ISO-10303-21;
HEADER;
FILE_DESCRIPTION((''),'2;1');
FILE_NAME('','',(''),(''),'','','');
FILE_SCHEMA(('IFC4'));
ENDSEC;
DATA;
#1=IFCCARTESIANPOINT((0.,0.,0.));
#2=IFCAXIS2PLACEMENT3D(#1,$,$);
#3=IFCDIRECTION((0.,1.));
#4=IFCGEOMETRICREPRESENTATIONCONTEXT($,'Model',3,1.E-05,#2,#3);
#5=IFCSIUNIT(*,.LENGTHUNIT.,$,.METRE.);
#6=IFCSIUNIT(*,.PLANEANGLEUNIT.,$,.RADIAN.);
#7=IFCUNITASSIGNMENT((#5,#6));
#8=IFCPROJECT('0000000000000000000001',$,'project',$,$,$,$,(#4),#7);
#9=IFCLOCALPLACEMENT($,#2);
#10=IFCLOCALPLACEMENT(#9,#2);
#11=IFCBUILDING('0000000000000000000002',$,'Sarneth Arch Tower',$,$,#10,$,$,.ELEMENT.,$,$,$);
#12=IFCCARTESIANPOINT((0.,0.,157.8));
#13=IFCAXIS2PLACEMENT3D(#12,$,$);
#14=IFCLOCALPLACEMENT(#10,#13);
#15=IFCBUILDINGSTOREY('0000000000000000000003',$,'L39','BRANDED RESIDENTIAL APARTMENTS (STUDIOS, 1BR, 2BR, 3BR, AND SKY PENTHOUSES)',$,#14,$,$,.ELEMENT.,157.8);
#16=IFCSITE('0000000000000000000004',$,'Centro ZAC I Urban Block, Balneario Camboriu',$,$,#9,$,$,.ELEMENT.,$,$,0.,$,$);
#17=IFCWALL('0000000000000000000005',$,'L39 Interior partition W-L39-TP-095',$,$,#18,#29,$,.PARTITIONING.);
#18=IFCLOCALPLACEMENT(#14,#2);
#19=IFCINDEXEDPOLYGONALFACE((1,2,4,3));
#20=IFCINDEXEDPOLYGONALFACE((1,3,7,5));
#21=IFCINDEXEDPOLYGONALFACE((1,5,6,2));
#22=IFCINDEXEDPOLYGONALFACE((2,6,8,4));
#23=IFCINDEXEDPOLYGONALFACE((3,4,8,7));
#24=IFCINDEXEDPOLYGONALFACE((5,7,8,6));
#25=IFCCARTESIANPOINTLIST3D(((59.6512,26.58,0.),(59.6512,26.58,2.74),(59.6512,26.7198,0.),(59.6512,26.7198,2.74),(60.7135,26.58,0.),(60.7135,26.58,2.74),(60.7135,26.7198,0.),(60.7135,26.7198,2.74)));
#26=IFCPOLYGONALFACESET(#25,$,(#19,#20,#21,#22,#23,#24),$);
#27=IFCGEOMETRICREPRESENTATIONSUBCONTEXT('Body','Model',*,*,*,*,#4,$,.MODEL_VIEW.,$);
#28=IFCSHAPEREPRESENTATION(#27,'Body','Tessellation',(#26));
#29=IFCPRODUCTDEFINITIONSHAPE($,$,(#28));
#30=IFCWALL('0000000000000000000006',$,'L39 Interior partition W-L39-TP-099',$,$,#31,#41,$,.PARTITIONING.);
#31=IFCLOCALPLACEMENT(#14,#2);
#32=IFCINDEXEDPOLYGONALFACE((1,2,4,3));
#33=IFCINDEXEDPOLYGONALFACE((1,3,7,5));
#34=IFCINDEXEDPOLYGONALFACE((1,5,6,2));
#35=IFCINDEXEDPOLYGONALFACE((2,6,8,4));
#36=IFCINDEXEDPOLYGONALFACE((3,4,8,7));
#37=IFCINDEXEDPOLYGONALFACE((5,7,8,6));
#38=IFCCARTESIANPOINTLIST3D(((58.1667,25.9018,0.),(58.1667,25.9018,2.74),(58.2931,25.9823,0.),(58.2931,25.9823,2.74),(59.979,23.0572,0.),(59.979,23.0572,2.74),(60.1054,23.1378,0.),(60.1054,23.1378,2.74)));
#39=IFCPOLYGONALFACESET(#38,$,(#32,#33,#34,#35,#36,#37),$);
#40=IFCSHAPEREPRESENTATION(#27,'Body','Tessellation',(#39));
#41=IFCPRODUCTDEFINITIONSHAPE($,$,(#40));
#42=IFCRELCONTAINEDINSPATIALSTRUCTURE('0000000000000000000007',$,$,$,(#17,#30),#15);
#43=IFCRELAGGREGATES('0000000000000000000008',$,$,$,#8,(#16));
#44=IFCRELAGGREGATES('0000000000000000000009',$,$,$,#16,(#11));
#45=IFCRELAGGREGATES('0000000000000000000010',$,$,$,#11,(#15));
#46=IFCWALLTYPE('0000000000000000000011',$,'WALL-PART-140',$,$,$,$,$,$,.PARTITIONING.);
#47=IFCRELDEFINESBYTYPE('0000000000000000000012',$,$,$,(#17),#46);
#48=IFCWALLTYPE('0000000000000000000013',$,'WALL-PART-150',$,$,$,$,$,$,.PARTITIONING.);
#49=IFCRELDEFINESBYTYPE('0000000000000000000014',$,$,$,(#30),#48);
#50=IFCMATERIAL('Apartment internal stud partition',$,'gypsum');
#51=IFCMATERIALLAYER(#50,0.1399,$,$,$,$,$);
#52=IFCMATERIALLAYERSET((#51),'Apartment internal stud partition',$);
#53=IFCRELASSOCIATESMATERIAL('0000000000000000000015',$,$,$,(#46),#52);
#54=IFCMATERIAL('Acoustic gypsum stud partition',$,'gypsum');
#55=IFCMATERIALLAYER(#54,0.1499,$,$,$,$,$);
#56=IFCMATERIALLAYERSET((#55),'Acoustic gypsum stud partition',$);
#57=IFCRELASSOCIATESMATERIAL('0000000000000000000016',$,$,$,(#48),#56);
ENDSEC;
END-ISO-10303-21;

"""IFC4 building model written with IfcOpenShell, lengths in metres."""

from ifc_helpers import new_model, si_unit, direction, frame, frame_2d, origin, place, context, subcontext, project, spatial, rectangle, extrude, material, layer, layer_set, type_object, element, save


model = new_model("IFC4")

# Units and contexts
model_context = context("Model", 3, precision=1e-05, world=origin(), true_north=direction((0.0, 1.0)))
body_context = subcontext(model_context, "Body", "Model", "MODEL_VIEW")
ifc_project = project(units=[si_unit("LENGTHUNIT", "METRE"), si_unit("PLANEANGLEUNIT", "RADIAN")], contexts=[model_context])

# Site, building, storey
site_placement = place(None, origin())
site = spatial("IfcSite", under=ifc_project, at=site_placement, Name="Centro ZAC I Urban Block, Balneario Camboriu", CompositionType="ELEMENT", RefElevation=0.0)
building_placement = place(site_placement, origin())
building = spatial("IfcBuilding", under=site, at=building_placement, Name="Sarneth Arch Tower", CompositionType="ELEMENT")
storey_placement = place(building_placement, frame((0.0, 0.0, 157.8)))
storey = spatial("IfcBuildingStorey", under=building, at=storey_placement, Name="L39", Description="BRANDED RESIDENTIAL APARTMENTS (STUDIOS, 1BR, 2BR, 3BR, AND SKY PENTHOUSES)", CompositionType="ELEMENT", Elevation=157.8)

# Shared definitions
ifc_material_1 = material(Name="Apartment internal stud partition", Category="gypsum")
ifc_layer_1 = layer(ifc_material_1, 0.1399)
ifc_layer_set_1 = layer_set([ifc_layer_1], Name="Apartment internal stud partition")
wall_type_1 = type_object("IfcWallType", Name="WALL-PART-140", PredefinedType="PARTITIONING", material=ifc_layer_set_1)

# Walls
wall_1_placement = place(storey_placement, frame((59.6511, 26.6499, 0.0), z_axis=(0.0, 0.0, 1.0), x_axis=(1.0, 0.0, 0.0)))
element("IfcWall", 1, at=wall_1_placement, inside=storey, type_object=wall_type_1, Name="L39 Interior partition W-L39-TP-095", PredefinedType="PARTITIONING", context=body_context, shape_type="SweptSolid", body=[
    extrude(rectangle(XDim=1.0623, YDim=0.1399, at=frame_2d((0.5312, 0.0))), origin(), (0.0, 0.0, 1.0), 2.74),
])
ifc_material_2 = material(Name="Acoustic gypsum stud partition", Category="gypsum")
ifc_layer_2 = layer(ifc_material_2, 0.1499)
ifc_layer_set_2 = layer_set([ifc_layer_2], Name="Acoustic gypsum stud partition")
wall_type_2 = type_object("IfcWallType", Name="WALL-PART-150", PredefinedType="PARTITIONING", material=ifc_layer_set_2)
wall_2_placement = place(storey_placement, frame((60.0422, 23.0974, 0.0), z_axis=(0.0, 0.0, 1.0), x_axis=(-0.537325, 0.843375, 0.0)))
element("IfcWall", 2, at=wall_2_placement, inside=storey, type_object=wall_type_2, Name="L39 Interior partition W-L39-TP-099", PredefinedType="PARTITIONING", context=body_context, shape_type="SweptSolid", body=[
    extrude(rectangle(XDim=3.3728, YDim=0.1499, at=frame_2d((1.6865, 0.0))), origin(), (0.0, 0.0, 1.0), 2.74),
])

save(model, "model.ifc")
